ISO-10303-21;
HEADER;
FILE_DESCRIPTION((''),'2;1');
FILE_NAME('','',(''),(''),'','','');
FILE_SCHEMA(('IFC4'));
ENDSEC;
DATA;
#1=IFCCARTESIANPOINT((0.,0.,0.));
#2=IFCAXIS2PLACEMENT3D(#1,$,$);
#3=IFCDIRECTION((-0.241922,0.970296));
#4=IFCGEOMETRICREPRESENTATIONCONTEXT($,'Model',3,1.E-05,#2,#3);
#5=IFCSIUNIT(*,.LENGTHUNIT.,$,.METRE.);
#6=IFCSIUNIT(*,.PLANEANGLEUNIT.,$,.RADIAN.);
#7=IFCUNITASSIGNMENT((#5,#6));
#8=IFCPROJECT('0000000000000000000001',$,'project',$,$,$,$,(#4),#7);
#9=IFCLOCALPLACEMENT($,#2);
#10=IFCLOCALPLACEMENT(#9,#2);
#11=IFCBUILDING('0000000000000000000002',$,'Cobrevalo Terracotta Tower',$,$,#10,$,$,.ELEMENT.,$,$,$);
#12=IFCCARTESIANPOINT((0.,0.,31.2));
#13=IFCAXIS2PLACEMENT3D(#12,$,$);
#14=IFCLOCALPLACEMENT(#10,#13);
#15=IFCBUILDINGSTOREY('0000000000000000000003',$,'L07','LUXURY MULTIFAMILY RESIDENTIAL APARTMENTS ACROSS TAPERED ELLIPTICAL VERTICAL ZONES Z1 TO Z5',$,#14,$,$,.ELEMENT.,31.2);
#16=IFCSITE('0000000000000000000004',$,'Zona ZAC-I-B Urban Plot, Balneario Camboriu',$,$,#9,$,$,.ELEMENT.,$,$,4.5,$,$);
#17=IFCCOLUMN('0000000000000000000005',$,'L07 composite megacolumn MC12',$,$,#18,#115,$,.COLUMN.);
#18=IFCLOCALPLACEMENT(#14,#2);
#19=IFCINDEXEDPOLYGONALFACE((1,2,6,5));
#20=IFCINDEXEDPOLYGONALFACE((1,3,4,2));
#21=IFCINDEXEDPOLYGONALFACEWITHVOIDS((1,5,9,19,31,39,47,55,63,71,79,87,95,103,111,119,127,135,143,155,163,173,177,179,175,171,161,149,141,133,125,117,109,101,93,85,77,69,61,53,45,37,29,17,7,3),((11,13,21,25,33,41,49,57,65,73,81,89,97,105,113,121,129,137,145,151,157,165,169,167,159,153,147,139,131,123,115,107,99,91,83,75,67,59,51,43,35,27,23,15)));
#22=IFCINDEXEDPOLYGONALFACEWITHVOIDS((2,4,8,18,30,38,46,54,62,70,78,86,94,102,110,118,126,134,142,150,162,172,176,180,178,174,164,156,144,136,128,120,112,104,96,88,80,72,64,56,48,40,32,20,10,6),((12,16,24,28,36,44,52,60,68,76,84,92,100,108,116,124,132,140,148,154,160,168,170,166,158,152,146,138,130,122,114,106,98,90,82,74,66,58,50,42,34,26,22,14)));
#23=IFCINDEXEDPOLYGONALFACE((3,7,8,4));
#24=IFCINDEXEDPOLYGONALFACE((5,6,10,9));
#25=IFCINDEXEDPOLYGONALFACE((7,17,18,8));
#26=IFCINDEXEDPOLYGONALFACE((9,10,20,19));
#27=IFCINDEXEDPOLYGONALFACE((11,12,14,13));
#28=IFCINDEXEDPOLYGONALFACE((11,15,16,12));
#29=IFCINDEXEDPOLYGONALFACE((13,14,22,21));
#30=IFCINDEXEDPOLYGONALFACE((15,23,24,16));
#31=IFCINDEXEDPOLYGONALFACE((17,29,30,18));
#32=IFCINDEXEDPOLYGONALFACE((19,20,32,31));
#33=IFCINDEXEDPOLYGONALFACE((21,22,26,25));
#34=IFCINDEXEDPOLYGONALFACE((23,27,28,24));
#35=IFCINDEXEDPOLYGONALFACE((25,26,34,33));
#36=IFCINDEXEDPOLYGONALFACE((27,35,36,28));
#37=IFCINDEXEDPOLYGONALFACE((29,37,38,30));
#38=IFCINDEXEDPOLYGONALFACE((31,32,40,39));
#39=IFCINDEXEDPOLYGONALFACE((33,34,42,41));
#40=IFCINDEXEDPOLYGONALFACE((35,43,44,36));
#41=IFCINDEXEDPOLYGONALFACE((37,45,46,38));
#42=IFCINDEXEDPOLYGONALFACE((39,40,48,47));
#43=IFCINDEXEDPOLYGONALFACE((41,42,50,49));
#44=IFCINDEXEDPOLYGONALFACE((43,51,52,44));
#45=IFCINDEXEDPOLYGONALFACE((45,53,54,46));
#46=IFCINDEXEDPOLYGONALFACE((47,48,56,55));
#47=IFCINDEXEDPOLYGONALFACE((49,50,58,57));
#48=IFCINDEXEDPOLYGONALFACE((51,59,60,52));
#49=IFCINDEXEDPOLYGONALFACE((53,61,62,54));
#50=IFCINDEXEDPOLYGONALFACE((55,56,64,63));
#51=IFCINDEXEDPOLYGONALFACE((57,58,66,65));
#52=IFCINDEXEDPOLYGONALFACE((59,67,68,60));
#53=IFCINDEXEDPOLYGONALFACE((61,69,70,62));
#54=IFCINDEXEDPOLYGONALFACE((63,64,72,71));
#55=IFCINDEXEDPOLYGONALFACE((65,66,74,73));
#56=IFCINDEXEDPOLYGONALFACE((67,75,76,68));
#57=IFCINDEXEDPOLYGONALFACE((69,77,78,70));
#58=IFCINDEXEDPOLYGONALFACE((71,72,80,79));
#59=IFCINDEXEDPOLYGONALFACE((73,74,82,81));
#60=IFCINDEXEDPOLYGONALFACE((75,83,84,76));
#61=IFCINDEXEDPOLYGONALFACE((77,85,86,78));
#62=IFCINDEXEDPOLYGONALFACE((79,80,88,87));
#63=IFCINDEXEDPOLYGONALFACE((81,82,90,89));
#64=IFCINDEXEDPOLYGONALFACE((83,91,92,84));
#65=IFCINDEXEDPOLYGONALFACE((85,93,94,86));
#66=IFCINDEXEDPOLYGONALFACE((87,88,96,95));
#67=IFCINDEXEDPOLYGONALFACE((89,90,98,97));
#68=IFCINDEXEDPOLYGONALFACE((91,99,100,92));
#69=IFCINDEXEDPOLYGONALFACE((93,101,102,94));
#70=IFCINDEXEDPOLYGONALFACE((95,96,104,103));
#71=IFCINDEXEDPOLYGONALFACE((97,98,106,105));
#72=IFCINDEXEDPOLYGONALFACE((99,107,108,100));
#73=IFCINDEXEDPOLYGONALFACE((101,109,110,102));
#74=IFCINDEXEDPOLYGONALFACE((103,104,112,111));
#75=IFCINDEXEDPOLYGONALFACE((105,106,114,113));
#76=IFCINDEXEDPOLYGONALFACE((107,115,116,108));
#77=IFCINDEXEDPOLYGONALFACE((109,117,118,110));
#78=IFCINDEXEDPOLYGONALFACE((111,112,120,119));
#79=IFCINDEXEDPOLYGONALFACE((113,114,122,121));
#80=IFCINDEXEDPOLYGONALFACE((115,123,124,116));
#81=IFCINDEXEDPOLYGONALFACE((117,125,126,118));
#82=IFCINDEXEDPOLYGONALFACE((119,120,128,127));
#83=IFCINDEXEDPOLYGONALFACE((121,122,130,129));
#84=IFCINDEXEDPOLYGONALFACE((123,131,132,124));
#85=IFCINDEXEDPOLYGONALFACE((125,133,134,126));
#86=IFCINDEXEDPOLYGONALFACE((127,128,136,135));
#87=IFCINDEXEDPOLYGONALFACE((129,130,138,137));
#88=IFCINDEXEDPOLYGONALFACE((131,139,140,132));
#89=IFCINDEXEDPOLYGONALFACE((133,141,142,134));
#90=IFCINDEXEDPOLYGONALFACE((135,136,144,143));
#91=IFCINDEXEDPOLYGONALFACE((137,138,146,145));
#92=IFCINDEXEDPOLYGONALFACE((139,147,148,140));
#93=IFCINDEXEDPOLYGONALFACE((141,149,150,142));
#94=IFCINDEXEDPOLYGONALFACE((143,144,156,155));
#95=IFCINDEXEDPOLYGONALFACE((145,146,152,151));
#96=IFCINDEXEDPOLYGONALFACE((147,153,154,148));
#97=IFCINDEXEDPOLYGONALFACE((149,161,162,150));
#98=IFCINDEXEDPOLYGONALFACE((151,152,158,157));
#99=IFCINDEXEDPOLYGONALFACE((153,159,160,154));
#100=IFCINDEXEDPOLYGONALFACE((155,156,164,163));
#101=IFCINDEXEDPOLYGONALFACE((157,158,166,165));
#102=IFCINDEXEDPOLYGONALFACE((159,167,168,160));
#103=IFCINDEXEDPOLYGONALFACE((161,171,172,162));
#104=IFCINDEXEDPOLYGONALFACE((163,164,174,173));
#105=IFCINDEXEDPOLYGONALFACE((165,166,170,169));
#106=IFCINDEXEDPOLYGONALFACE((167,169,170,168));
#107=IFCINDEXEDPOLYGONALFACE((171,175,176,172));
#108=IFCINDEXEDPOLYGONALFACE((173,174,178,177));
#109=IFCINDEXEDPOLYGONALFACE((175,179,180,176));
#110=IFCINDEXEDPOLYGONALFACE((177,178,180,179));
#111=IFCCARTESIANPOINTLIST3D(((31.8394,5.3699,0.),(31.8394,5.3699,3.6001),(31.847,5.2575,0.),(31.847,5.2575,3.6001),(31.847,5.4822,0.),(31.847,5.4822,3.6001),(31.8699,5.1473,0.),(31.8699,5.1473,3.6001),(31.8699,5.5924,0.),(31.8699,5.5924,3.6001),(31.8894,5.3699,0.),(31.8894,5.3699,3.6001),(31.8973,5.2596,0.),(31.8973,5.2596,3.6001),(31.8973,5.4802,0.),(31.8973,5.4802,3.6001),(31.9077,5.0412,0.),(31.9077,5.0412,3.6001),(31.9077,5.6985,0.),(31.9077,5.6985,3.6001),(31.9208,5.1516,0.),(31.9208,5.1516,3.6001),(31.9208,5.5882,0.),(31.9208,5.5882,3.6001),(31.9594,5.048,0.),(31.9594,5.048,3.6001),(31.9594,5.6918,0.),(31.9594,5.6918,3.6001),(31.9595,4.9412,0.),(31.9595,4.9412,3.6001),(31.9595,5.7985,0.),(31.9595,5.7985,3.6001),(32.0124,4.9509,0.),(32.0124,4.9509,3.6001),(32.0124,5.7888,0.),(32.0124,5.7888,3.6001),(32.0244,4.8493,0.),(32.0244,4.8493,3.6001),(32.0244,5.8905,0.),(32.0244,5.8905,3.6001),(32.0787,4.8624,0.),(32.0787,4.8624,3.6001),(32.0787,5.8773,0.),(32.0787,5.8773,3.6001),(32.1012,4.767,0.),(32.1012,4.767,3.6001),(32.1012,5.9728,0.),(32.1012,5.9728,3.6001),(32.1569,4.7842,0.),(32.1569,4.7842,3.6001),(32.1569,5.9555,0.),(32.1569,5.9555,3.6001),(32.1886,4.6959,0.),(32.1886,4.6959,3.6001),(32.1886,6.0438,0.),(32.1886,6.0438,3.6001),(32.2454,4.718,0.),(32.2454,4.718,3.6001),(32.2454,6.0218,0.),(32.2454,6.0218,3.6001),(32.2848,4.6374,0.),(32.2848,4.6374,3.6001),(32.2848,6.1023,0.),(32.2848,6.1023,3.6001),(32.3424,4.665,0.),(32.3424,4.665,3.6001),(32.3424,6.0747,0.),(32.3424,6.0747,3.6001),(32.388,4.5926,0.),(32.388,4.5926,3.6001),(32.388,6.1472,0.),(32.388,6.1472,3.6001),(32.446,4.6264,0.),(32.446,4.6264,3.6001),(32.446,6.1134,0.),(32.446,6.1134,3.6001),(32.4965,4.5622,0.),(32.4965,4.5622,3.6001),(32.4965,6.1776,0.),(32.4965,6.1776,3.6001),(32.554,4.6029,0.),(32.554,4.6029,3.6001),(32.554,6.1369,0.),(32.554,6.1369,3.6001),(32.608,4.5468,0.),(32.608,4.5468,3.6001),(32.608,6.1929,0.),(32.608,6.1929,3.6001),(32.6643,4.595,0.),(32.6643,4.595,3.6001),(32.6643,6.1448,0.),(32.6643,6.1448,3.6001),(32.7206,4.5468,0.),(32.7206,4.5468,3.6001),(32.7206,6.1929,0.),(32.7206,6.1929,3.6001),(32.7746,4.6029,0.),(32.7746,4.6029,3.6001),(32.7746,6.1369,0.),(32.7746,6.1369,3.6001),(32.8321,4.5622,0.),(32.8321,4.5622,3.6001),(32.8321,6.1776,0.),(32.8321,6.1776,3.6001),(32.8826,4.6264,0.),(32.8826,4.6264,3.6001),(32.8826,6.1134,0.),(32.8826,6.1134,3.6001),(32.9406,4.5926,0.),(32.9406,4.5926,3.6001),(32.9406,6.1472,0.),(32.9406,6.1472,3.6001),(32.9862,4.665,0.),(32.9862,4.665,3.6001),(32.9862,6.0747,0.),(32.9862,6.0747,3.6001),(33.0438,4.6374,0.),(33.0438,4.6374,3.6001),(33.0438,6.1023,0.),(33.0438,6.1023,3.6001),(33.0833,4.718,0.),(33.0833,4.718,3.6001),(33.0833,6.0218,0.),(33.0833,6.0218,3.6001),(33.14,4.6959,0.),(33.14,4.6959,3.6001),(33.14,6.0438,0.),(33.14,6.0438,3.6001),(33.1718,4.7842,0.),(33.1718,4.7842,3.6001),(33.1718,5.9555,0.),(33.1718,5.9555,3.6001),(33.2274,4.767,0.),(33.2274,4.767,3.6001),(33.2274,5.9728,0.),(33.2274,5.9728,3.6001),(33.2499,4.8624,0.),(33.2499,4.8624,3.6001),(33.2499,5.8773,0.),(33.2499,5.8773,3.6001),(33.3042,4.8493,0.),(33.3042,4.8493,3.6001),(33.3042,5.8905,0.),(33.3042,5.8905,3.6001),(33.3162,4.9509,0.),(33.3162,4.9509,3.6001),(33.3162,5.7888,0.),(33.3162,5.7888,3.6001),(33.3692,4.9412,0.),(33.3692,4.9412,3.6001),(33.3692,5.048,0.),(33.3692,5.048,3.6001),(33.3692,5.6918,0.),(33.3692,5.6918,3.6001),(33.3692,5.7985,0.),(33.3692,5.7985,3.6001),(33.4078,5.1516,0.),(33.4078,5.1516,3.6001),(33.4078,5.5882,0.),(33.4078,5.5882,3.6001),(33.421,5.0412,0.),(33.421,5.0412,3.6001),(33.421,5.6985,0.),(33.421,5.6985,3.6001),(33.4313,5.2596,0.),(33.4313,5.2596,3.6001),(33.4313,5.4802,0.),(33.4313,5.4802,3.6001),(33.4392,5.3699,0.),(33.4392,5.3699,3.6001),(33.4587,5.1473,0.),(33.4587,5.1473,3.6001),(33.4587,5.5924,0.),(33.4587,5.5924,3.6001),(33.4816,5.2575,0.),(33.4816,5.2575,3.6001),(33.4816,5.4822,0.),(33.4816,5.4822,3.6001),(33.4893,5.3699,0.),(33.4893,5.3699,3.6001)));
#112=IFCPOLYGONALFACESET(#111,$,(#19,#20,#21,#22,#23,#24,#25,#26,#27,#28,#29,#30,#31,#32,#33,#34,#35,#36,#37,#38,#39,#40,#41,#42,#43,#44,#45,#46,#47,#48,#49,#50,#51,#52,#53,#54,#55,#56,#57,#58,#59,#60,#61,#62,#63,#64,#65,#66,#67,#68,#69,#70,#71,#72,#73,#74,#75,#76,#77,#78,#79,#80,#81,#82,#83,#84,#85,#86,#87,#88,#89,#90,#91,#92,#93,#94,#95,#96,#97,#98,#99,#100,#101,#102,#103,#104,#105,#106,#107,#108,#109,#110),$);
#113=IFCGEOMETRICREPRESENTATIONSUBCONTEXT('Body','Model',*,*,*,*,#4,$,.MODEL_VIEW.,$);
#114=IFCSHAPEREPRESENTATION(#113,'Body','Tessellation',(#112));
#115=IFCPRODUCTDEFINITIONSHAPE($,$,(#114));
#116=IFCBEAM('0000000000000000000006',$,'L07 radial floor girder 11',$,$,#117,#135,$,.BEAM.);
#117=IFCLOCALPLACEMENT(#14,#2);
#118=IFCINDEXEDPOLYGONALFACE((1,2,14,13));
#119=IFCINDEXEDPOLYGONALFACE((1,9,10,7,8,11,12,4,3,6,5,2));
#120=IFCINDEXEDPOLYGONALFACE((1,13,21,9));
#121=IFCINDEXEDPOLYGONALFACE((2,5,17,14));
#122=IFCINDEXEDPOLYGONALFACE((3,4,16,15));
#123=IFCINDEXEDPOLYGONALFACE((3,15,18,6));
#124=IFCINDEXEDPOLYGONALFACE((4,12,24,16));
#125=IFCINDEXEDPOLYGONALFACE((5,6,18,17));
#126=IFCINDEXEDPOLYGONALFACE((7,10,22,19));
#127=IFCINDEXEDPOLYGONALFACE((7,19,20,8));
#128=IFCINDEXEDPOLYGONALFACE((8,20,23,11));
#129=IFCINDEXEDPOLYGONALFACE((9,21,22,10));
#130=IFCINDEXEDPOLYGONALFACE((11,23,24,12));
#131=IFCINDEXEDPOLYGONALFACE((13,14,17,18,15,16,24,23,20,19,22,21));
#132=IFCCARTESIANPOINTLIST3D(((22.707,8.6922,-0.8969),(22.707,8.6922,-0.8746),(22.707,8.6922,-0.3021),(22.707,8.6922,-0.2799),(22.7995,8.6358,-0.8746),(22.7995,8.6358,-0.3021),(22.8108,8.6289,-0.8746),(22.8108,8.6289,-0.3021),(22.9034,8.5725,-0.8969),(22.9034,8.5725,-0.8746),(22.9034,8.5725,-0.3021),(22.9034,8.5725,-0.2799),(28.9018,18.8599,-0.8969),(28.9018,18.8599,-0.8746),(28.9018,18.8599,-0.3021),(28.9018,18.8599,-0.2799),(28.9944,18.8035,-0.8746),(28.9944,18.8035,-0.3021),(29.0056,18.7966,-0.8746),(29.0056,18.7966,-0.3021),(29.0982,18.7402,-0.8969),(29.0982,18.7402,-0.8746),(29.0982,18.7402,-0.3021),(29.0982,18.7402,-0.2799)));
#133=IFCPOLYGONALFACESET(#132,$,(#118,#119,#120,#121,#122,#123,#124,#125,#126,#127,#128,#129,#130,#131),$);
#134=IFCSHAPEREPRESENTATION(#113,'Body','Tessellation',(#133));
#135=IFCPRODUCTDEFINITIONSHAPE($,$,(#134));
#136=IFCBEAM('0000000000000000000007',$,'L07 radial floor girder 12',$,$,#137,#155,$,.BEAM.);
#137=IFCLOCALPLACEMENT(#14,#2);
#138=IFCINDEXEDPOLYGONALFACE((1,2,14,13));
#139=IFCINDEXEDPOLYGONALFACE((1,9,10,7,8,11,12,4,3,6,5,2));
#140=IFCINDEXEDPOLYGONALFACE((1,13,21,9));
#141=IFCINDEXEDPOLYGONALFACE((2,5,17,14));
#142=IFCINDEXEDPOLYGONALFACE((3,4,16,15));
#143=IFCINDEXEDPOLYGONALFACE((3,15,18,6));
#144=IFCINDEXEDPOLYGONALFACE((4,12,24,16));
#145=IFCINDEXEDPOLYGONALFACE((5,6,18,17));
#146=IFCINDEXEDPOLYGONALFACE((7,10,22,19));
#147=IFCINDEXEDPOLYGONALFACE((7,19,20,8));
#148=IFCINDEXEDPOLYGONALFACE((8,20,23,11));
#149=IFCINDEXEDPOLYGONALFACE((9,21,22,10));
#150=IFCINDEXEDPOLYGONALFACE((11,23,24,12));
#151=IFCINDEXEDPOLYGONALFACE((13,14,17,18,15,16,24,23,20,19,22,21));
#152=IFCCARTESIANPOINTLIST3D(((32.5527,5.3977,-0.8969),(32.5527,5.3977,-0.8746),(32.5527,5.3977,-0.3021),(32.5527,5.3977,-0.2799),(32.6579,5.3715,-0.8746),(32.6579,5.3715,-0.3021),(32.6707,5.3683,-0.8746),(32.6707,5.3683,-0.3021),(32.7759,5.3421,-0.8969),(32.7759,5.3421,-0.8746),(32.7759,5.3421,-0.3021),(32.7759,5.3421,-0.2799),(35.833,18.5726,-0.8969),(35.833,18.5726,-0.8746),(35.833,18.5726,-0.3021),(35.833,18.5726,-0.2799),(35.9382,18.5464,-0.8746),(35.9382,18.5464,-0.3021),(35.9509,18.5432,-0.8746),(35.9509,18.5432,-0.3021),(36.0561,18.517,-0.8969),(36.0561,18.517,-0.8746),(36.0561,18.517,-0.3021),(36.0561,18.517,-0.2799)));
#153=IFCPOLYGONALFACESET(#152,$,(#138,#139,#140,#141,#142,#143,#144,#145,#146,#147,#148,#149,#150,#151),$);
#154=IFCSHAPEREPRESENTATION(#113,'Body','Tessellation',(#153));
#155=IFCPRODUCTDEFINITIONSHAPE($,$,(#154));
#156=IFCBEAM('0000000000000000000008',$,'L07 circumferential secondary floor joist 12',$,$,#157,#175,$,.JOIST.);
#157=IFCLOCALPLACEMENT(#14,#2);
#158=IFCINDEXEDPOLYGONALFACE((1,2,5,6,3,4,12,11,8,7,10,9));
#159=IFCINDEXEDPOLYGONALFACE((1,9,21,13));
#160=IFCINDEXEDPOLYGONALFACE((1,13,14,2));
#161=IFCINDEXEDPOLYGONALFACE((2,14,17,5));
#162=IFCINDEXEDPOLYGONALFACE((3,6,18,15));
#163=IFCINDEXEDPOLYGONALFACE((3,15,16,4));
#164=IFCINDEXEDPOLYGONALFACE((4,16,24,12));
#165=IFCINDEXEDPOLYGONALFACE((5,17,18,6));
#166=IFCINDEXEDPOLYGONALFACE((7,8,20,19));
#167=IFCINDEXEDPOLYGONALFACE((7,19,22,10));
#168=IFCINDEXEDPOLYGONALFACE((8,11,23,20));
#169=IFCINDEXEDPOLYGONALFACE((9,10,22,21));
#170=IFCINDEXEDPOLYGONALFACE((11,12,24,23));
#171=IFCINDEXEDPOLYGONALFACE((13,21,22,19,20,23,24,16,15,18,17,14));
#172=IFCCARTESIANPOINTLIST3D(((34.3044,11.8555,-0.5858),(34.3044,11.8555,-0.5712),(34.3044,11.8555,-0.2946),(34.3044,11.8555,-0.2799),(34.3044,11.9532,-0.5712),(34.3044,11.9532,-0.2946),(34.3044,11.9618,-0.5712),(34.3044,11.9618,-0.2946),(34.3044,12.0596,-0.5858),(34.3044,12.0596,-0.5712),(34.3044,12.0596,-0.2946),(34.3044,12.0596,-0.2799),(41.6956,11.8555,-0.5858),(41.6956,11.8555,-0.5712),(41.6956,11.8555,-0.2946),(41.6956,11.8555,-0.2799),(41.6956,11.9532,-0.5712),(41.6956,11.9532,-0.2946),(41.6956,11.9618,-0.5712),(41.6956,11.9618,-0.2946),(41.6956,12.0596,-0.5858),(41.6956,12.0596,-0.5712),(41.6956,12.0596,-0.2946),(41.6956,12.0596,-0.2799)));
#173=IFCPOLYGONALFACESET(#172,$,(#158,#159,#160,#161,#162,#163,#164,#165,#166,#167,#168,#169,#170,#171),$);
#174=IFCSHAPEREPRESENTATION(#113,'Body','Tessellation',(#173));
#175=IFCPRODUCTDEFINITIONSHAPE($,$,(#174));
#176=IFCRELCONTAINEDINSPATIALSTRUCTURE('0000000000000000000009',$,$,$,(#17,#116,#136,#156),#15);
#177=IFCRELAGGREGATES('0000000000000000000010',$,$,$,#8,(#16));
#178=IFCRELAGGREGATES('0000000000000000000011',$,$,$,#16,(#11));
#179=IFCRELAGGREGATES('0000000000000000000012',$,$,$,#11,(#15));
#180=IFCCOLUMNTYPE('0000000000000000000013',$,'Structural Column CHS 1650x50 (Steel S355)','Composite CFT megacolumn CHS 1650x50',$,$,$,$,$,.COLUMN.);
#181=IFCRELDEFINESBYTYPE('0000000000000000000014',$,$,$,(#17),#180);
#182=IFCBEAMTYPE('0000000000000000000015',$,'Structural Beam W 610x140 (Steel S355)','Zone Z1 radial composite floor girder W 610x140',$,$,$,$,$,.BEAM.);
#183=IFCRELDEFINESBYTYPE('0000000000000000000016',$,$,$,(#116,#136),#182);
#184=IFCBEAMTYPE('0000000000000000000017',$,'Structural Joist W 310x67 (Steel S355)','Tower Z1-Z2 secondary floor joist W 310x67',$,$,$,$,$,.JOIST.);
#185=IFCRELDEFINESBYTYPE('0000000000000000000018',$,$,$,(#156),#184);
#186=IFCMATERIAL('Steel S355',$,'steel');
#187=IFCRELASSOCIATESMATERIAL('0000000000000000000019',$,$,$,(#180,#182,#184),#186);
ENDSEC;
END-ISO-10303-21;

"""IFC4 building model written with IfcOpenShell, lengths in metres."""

from ifc_helpers import new_model, si_unit, direction, frame, origin, origin_2d, place, context, subcontext, project, spatial, hollow_circle, i_section, extrude, material, material_profile, profile_set, type_object, element, save


model = new_model("IFC4")

# Units and contexts
model_context = context("Model", 3, precision=1e-05, world=origin(), true_north=direction((-0.241922, 0.970296)))
body_context = subcontext(model_context, "Body", "Model", "MODEL_VIEW")
ifc_project = project(units=[si_unit("LENGTHUNIT", "METRE"), si_unit("PLANEANGLEUNIT", "RADIAN")], contexts=[model_context])

# Site, building, storey
site_placement = place(None, origin())
site = spatial("IfcSite", under=ifc_project, at=site_placement, Name="Zona ZAC-I-B Urban Plot, Balneario Camboriu", CompositionType="ELEMENT", RefElevation=4.5)
building_placement = place(site_placement, origin())
building = spatial("IfcBuilding", under=site, at=building_placement, Name="Cobrevalo Terracotta Tower", CompositionType="ELEMENT")
storey_placement = place(building_placement, frame((0.0, 0.0, 31.2)))
storey = spatial("IfcBuildingStorey", under=building, at=storey_placement, Name="L07", Description="LUXURY MULTIFAMILY RESIDENTIAL APARTMENTS ACROSS TAPERED ELLIPTICAL VERTICAL ZONES Z1 TO Z5", CompositionType="ELEMENT", Elevation=31.2)

# Column
ifc_material_1 = material(Name="Steel S355", Category="steel")
ifc_material_profile_1 = material_profile(ifc_material_1, hollow_circle(Radius=0.825, WallThickness=0.05, at=origin_2d()), Name="CHS 1650x50")
ifc_profile_set_1 = profile_set([ifc_material_profile_1], Name="Steel S355")
column_type = type_object("IfcColumnType", Name="Structural Column CHS 1650x50 (Steel S355)", Description="Composite CFT megacolumn CHS 1650x50", PredefinedType="COLUMN", material=ifc_profile_set_1)
for number, where, z_axis, x_axis, name in (
    (1, (32.6643, 5.3699, 0.0), (0.0, 0.0, 1.0), (1.0, 0.0, 0.0), "L07 composite megacolumn MC12"),
):
    element("IfcColumn", number, at=place(storey_placement, frame(where, z_axis=z_axis, x_axis=x_axis)), inside=storey, type_object=column_type, Name=name, PredefinedType="COLUMN", context=body_context, shape_type="SweptSolid", body=[
        extrude(hollow_circle(Radius=0.825, WallThickness=0.05, at=origin_2d()), origin(), (0.0, 0.0, 1.0), 3.6001),
    ])

# Beams
ifc_material_profile_2 = material_profile(ifc_material_1, i_section(OverallWidth=0.23, OverallDepth=0.6169, WebThickness=0.0132, FlangeThickness=0.0222, at=origin_2d()), Name="W 610x140")
ifc_profile_set_2 = profile_set([ifc_material_profile_2], Name="Steel S355")
beam_type_1 = type_object("IfcBeamType", Name="Structural Beam W 610x140 (Steel S355)", Description="Zone Z1 radial composite floor girder W 610x140", PredefinedType="BEAM", material=ifc_profile_set_2)
beam_1_placement = place(storey_placement, frame((22.8052, 8.6323, -0.5884), z_axis=(0.520301, 0.853983, 0.0), x_axis=(-0.853983, 0.520301, 0.0)))
element("IfcBeam", 2, at=beam_1_placement, inside=storey, type_object=beam_type_1, Name="L07 radial floor girder 11", PredefinedType="BEAM", context=body_context, shape_type="SweptSolid", body=[
    extrude(i_section(OverallWidth=0.23, OverallDepth=0.6169, WebThickness=0.0132, FlangeThickness=0.0222, at=origin_2d()), origin(), (0.0, 0.0, 1.0), 11.9062),
])
beam_2_placement = place(storey_placement, frame((32.6643, 5.3699, -0.5884), z_axis=(0.2416, 0.970376, 0.0), x_axis=(-0.970376, 0.2416, 0.0)))
element("IfcBeam", 3, at=beam_2_placement, inside=storey, type_object=beam_type_1, Name="L07 radial floor girder 12", PredefinedType="BEAM", context=body_context, shape_type="SweptSolid", body=[
    extrude(i_section(OverallWidth=0.23, OverallDepth=0.6169, WebThickness=0.0132, FlangeThickness=0.0222, at=origin_2d()), origin(), (0.0, 0.0, 1.0), 13.5771),
])
ifc_material_profile_3 = material_profile(ifc_material_1, i_section(OverallWidth=0.2041, OverallDepth=0.3059, WebThickness=0.0085, FlangeThickness=0.0146, at=origin_2d()), Name="W 310x67")
ifc_profile_set_3 = profile_set([ifc_material_profile_3], Name="Steel S355")
beam_type_2 = type_object("IfcBeamType", Name="Structural Joist W 310x67 (Steel S355)", Description="Tower Z1-Z2 secondary floor joist W 310x67", PredefinedType="JOIST", material=ifc_profile_set_3)
beam_3_placement = place(storey_placement, frame((34.3044, 11.9575, -0.4329), z_axis=(1.0, 0.0, 0.0), x_axis=(0.0, 1.0, 0.0)))
element("IfcBeam", 4, at=beam_3_placement, inside=storey, type_object=beam_type_2, Name="L07 circumferential secondary floor joist 12", PredefinedType="JOIST", context=body_context, shape_type="SweptSolid", body=[
    extrude(i_section(OverallWidth=0.2041, OverallDepth=0.3059, WebThickness=0.0085, FlangeThickness=0.0146, at=origin_2d()), origin(), (0.0, 0.0, 1.0), 7.3911),
])

save(model, "model.ifc")
